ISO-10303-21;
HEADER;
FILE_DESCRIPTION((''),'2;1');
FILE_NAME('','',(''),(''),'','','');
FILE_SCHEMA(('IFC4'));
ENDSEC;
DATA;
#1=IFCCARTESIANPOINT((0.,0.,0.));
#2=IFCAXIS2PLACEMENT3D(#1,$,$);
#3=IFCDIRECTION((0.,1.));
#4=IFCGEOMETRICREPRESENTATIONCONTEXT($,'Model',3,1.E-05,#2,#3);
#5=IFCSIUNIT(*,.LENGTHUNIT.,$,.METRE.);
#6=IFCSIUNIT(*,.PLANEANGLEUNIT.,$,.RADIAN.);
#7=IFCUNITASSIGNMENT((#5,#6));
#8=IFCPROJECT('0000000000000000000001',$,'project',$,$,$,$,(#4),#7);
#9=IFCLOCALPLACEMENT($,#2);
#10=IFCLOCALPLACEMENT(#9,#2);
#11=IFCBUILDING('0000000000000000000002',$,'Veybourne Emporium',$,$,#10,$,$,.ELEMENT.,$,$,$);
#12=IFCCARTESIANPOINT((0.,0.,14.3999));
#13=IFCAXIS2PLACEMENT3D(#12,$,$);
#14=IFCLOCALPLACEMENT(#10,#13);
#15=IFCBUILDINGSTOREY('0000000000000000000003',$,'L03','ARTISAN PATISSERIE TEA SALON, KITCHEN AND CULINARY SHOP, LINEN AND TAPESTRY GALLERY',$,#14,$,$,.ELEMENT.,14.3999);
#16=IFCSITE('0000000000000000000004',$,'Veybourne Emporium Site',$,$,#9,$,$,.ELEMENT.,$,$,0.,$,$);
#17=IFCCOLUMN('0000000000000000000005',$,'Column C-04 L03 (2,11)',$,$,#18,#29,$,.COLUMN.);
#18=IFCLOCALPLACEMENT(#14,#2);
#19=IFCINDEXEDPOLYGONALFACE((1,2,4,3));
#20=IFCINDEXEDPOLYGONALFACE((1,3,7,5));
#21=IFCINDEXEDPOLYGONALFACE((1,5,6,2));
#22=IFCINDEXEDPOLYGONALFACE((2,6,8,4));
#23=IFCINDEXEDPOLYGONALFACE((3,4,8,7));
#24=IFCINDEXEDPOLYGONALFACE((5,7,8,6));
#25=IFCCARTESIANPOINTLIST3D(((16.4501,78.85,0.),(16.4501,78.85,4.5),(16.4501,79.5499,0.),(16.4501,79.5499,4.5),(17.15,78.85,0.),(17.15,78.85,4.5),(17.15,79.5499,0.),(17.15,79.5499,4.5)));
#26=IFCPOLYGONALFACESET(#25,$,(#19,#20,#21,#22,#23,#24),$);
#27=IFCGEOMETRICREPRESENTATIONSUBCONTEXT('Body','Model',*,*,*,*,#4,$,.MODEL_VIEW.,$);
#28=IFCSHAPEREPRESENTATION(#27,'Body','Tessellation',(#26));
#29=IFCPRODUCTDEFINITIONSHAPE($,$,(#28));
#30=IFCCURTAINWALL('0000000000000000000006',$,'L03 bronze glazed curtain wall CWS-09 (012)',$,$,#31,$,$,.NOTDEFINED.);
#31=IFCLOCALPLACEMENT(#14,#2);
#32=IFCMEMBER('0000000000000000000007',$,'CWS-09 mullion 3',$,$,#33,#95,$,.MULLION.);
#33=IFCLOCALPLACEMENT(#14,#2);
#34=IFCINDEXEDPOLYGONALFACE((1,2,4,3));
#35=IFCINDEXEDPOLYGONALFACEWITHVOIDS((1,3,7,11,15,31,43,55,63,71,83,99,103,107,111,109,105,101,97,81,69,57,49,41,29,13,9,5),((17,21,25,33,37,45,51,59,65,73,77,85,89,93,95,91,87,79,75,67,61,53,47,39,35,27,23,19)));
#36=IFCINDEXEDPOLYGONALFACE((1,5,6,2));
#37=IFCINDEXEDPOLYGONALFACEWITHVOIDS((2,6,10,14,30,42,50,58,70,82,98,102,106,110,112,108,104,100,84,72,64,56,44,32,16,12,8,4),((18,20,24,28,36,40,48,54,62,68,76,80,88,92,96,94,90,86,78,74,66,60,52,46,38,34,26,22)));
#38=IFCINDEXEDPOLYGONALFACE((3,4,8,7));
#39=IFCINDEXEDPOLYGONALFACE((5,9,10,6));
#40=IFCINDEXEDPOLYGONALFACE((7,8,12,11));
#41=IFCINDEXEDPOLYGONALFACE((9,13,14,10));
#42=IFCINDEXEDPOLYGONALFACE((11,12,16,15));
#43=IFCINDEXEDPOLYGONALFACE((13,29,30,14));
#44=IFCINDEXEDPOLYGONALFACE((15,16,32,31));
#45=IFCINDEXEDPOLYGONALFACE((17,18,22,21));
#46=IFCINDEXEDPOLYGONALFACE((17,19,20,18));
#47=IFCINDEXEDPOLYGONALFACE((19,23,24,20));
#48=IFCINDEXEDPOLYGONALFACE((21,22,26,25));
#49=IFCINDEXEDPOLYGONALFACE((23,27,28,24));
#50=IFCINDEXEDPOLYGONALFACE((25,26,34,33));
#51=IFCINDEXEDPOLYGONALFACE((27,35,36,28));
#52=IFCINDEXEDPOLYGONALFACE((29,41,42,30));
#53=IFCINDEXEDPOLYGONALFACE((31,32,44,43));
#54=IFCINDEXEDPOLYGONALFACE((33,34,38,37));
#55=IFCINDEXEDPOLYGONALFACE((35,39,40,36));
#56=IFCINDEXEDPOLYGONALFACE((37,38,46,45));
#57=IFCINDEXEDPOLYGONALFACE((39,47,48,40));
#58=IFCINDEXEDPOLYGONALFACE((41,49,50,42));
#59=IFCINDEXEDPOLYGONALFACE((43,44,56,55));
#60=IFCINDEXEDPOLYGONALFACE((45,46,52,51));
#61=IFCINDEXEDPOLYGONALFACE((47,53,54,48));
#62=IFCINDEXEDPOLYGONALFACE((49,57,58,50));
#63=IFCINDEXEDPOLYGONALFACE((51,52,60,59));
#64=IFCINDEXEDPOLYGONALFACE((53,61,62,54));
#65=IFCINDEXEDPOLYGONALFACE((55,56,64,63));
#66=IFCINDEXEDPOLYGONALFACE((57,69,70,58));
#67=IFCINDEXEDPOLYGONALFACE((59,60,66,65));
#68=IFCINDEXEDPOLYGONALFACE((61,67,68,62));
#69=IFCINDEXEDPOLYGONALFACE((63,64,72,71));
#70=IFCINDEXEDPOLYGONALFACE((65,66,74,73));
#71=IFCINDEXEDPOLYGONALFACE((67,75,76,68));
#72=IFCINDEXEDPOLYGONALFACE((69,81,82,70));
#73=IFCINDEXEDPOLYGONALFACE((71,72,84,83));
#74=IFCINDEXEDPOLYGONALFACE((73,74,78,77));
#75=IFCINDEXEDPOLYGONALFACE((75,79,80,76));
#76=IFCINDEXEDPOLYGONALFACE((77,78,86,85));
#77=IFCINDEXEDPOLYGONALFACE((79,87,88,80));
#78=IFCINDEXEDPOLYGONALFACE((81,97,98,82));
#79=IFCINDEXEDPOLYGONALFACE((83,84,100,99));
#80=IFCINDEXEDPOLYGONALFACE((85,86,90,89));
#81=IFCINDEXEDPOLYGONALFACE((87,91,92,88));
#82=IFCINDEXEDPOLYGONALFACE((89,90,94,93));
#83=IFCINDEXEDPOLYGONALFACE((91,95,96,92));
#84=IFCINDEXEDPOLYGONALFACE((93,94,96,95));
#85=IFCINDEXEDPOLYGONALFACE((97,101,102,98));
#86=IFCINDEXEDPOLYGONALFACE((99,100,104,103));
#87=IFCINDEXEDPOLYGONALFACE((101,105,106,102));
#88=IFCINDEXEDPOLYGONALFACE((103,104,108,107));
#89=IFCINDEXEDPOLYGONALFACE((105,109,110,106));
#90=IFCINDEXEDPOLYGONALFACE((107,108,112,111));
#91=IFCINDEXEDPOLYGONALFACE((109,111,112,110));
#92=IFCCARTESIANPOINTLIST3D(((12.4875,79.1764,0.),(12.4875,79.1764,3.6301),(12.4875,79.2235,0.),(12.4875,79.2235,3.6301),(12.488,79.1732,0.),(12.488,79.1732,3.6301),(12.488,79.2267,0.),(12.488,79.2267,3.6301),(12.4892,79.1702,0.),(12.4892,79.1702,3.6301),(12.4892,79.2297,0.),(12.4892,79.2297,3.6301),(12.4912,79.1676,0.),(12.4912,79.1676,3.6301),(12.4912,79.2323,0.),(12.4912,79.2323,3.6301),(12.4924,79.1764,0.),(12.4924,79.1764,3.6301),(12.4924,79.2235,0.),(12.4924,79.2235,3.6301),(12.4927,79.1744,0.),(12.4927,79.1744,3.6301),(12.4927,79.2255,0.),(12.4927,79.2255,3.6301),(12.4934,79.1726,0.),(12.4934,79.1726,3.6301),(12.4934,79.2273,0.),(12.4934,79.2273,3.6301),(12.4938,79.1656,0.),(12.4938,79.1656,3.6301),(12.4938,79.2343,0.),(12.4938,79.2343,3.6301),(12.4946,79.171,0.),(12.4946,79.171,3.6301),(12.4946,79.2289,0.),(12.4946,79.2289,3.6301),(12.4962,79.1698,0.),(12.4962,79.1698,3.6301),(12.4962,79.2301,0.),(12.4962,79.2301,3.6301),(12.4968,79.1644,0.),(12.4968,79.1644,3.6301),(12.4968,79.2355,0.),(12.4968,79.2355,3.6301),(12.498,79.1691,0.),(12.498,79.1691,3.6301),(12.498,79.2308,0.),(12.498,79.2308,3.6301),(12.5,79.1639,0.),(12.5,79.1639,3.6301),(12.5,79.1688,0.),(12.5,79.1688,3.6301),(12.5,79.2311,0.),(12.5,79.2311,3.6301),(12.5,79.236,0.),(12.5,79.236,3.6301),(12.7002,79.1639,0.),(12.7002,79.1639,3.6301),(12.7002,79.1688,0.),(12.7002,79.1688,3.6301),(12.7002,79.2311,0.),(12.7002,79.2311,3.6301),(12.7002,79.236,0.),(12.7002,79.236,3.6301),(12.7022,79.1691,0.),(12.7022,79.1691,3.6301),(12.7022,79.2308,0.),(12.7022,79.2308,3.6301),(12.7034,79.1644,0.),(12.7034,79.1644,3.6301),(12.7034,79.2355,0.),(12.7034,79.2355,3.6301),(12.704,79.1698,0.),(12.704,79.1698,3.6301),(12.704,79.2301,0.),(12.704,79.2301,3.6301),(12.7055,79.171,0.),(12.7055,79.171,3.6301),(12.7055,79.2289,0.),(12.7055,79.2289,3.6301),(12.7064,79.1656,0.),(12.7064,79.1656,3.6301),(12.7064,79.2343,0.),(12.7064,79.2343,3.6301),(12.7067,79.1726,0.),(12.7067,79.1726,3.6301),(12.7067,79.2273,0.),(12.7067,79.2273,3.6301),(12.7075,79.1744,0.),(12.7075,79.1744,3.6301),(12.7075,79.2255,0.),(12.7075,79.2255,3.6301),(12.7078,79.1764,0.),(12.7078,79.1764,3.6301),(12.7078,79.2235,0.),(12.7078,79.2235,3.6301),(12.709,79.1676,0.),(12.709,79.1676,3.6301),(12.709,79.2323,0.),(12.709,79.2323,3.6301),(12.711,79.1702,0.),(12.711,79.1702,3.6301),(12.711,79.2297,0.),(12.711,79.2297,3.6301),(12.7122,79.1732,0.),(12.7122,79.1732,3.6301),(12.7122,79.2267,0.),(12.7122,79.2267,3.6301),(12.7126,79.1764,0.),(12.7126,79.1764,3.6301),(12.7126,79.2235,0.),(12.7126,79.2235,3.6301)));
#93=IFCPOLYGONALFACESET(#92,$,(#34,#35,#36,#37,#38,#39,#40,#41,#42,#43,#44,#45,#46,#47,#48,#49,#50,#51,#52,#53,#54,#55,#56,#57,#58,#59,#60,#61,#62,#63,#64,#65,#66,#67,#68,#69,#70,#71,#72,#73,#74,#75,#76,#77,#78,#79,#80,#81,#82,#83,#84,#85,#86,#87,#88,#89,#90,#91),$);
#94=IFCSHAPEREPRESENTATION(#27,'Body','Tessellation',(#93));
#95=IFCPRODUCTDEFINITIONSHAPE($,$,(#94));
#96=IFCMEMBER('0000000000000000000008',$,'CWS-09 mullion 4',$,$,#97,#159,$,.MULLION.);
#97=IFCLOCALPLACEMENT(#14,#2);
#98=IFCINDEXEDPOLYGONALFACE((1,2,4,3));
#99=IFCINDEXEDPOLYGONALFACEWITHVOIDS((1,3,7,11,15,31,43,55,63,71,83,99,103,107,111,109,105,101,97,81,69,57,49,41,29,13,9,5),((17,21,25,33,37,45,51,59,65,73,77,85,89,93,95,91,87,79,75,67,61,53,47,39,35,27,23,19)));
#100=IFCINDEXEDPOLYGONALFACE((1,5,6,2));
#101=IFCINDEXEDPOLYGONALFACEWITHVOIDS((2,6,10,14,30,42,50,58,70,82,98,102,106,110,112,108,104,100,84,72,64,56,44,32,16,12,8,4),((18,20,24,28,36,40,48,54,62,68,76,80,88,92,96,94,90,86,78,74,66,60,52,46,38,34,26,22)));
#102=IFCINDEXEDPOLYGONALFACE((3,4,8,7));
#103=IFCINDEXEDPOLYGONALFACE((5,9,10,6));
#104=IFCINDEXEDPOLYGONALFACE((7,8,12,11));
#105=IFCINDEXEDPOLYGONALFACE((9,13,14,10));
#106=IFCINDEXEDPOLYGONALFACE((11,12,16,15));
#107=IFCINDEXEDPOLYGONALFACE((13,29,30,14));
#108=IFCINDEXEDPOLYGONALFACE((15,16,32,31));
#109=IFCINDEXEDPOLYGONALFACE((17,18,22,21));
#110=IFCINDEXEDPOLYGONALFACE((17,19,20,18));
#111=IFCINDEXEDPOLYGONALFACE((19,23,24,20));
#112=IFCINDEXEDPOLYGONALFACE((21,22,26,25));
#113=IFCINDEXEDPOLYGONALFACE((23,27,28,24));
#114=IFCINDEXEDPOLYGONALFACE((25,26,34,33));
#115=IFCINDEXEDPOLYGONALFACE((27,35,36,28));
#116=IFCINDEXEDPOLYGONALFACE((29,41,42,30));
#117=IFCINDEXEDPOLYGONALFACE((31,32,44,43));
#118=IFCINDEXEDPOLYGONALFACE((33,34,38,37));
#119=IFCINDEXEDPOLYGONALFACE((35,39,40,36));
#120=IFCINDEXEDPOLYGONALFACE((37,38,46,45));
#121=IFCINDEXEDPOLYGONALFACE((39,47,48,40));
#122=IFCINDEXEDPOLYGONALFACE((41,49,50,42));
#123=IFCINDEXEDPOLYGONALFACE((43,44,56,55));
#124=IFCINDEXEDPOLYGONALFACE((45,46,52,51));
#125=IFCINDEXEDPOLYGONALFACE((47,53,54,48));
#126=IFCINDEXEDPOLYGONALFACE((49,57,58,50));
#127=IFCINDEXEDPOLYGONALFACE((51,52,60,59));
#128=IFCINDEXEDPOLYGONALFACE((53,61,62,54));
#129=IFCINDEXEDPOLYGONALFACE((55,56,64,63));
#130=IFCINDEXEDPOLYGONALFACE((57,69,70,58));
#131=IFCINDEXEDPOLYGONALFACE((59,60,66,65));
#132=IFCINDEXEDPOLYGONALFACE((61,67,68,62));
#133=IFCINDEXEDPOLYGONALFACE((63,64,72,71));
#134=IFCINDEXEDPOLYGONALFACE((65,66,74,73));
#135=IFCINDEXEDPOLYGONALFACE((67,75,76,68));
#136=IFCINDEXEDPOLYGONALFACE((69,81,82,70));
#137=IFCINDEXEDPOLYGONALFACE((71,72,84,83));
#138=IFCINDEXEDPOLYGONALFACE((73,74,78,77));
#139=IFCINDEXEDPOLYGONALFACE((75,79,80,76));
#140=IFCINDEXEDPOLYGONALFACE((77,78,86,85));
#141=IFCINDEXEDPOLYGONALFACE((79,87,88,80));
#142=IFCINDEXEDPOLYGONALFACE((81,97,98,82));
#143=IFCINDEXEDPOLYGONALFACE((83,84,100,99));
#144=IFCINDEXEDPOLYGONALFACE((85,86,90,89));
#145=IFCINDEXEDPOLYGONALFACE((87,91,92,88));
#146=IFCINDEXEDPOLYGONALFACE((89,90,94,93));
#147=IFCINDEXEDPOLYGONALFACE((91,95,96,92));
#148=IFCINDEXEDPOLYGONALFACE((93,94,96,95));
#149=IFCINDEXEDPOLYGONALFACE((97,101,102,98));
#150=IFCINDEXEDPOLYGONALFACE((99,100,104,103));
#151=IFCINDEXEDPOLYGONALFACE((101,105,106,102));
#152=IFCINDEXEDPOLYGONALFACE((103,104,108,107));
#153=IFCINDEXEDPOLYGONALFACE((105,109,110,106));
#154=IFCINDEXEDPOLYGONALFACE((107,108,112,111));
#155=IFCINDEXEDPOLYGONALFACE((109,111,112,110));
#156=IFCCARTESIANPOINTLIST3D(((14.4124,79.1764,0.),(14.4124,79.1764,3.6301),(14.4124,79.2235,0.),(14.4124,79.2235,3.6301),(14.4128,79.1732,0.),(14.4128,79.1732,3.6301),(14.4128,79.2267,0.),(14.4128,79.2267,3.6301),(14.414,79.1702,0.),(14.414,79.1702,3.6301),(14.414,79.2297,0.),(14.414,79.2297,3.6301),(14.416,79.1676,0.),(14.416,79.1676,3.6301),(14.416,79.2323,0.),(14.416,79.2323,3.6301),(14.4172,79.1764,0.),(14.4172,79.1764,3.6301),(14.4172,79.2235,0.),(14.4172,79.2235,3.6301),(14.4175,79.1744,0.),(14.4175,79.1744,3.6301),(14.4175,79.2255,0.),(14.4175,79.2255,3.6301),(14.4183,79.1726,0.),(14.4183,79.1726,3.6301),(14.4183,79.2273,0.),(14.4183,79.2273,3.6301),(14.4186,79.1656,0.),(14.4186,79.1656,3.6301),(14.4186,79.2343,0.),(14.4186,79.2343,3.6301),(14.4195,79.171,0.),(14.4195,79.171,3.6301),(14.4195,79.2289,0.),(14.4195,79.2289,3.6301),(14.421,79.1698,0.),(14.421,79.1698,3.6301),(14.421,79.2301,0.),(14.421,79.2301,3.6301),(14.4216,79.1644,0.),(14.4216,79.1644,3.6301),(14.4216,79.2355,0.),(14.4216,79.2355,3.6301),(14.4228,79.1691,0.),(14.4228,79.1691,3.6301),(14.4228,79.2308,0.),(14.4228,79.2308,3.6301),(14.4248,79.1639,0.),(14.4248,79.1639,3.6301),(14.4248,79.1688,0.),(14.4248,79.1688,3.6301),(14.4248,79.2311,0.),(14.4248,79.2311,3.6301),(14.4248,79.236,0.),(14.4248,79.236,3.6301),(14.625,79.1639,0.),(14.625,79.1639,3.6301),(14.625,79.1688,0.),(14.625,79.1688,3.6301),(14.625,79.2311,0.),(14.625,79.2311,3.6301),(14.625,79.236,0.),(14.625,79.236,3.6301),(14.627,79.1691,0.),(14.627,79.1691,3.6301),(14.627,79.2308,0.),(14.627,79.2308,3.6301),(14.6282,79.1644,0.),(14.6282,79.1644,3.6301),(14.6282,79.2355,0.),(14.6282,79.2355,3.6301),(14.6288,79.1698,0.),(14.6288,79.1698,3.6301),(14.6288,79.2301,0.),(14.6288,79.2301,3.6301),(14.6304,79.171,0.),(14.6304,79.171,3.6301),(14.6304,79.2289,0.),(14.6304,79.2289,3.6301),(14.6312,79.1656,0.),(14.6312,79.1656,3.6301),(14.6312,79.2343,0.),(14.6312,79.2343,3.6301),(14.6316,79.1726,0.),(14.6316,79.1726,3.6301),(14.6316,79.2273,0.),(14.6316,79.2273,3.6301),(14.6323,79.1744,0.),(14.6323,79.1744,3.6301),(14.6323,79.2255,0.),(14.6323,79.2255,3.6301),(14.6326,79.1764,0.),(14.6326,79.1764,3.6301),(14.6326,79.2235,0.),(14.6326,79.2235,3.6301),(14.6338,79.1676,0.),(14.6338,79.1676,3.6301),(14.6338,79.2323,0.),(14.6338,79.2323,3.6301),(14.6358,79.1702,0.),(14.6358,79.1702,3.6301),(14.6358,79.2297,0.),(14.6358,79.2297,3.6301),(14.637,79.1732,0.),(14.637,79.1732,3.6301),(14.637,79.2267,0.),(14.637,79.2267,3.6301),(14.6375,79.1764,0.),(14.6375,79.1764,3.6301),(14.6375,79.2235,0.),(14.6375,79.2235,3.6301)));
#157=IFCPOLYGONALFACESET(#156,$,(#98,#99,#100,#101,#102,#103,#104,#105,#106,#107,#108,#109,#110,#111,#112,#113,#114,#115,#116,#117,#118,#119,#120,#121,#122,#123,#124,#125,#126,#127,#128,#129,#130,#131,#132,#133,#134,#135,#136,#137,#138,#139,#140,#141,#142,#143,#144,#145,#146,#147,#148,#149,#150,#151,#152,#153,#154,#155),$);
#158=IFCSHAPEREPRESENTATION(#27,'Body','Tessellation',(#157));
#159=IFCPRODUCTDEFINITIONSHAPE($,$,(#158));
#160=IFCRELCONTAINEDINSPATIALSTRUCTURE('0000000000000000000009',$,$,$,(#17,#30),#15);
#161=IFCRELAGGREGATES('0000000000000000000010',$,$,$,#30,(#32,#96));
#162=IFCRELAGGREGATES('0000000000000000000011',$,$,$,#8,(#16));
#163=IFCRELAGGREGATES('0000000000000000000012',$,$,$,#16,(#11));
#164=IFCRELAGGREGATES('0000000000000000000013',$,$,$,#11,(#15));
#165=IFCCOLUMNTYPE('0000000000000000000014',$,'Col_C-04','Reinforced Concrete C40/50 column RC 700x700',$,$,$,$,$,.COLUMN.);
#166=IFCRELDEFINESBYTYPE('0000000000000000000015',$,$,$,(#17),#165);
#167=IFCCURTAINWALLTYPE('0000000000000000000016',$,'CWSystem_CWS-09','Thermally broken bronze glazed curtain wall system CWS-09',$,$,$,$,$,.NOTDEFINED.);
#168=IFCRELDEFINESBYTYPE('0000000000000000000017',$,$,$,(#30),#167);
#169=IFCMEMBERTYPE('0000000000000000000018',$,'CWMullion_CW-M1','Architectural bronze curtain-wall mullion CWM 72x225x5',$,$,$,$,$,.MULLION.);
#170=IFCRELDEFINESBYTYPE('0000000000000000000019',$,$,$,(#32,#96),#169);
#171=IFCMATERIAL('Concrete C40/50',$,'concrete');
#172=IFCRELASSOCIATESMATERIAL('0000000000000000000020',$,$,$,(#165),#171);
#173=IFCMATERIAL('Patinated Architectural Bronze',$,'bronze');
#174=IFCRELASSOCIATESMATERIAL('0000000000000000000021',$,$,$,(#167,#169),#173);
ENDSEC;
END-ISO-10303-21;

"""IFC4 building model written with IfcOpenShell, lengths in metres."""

from ifc_helpers import new_model, si_unit, direction, frame, origin, origin_2d, place, context, subcontext, project, spatial, rectangle, hollow_rectangle, extrude, material, material_profile, profile_set, type_object, element, aggregate, save


model = new_model("IFC4")

# Units and contexts
model_context = context("Model", 3, precision=1e-05, world=origin(), true_north=direction((0.0, 1.0)))
body_context = subcontext(model_context, "Body", "Model", "MODEL_VIEW")
ifc_project = project(units=[si_unit("LENGTHUNIT", "METRE"), si_unit("PLANEANGLEUNIT", "RADIAN")], contexts=[model_context])

# Site, building, storey
site_placement = place(None, origin())
site = spatial("IfcSite", under=ifc_project, at=site_placement, Name="Veybourne Emporium Site", CompositionType="ELEMENT", RefElevation=0.0)
building_placement = place(site_placement, origin())
building = spatial("IfcBuilding", under=site, at=building_placement, Name="Veybourne Emporium", CompositionType="ELEMENT")
storey_placement = place(building_placement, frame((0.0, 0.0, 14.3999)))
storey = spatial("IfcBuildingStorey", under=building, at=storey_placement, Name="L03", Description="ARTISAN PATISSERIE TEA SALON, KITCHEN AND CULINARY SHOP, LINEN AND TAPESTRY GALLERY", CompositionType="ELEMENT", Elevation=14.3999)

# Column
ifc_material_1 = material(Name="Concrete C40/50", Category="concrete")
ifc_material_profile_1 = material_profile(ifc_material_1, rectangle(XDim=0.7, YDim=0.7, at=origin_2d()), Name="RC 700x700")
ifc_profile_set_1 = profile_set([ifc_material_profile_1], Name="Concrete C40/50")
column_type = type_object("IfcColumnType", Name="Col_C-04", Description="Reinforced Concrete C40/50 column RC 700x700", PredefinedType="COLUMN", material=ifc_profile_set_1)
column_placement = place(storey_placement, frame((16.8, 79.2, 0.0), z_axis=(0.0, 0.0, 1.0), x_axis=(1.0, 0.0, 0.0)))
element("IfcColumn", 1, at=column_placement, inside=storey, type_object=column_type, Name="Column C-04 L03 (2,11)", PredefinedType="COLUMN", context=body_context, shape_type="SweptSolid", body=[
    extrude(rectangle(XDim=0.7, YDim=0.7, at=origin_2d()), origin(), (0.0, 0.0, 1.0), 4.5),
])

# Curtain wall, members
ifc_material_2 = material(Name="Patinated Architectural Bronze", Category="bronze")
curtain_wall_type_1 = type_object("IfcCurtainWallType", Name="CWSystem_CWS-09", Description="Thermally broken bronze glazed curtain wall system CWS-09", PredefinedType="NOTDEFINED", material=ifc_material_2)
curtain_wall_1_placement = place(storey_placement, origin())
curtain_wall_1 = element("IfcCurtainWall", 2, at=curtain_wall_1_placement, inside=storey, type_object=curtain_wall_type_1, Name="L03 bronze glazed curtain wall CWS-09 (012)", PredefinedType="NOTDEFINED")
ifc_material_profile_2 = material_profile(ifc_material_2, hollow_rectangle(XDim=0.072, YDim=0.2251, WallThickness=0.0049, InnerFilletRadius=0.0076, OuterFilletRadius=0.0125, at=origin_2d()), Name="CWM 72x225x5")
ifc_profile_set_2 = profile_set([ifc_material_profile_2], Name="Patinated Architectural Bronze")
member_type_1 = type_object("IfcMemberType", Name="CWMullion_CW-M1", Description="Architectural bronze curtain-wall mullion CWM 72x225x5", PredefinedType="MULLION", material=ifc_profile_set_2)
member_1_placement = place(storey_placement, frame((12.6001, 79.2, 0.0), z_axis=(0.0, 0.0, 1.0), x_axis=(0.0, 1.0, 0.0)))
member_1 = element("IfcMember", 3, at=member_1_placement, type_object=member_type_1, Name="CWS-09 mullion 3", PredefinedType="MULLION", context=body_context, shape_type="SweptSolid", body=[
    extrude(hollow_rectangle(XDim=0.072, YDim=0.2251, WallThickness=0.0049, InnerFilletRadius=0.0076, OuterFilletRadius=0.0125, at=origin_2d()), origin(), (0.0, 0.0, 1.0), 3.6301),
])
member_2_placement = place(storey_placement, frame((14.5249, 79.2, 0.0), z_axis=(0.0, 0.0, 1.0), x_axis=(0.0, 1.0, 0.0)))
member_2 = element("IfcMember", 4, at=member_2_placement, type_object=member_type_1, Name="CWS-09 mullion 4", PredefinedType="MULLION", context=body_context, shape_type="SweptSolid", body=[
    extrude(hollow_rectangle(XDim=0.072, YDim=0.2251, WallThickness=0.0049, InnerFilletRadius=0.0076, OuterFilletRadius=0.0125, at=origin_2d()), origin(), (0.0, 0.0, 1.0), 3.6301),
])

aggregate(curtain_wall_1, [member_1, member_2])

save(model, "model.ifc")
